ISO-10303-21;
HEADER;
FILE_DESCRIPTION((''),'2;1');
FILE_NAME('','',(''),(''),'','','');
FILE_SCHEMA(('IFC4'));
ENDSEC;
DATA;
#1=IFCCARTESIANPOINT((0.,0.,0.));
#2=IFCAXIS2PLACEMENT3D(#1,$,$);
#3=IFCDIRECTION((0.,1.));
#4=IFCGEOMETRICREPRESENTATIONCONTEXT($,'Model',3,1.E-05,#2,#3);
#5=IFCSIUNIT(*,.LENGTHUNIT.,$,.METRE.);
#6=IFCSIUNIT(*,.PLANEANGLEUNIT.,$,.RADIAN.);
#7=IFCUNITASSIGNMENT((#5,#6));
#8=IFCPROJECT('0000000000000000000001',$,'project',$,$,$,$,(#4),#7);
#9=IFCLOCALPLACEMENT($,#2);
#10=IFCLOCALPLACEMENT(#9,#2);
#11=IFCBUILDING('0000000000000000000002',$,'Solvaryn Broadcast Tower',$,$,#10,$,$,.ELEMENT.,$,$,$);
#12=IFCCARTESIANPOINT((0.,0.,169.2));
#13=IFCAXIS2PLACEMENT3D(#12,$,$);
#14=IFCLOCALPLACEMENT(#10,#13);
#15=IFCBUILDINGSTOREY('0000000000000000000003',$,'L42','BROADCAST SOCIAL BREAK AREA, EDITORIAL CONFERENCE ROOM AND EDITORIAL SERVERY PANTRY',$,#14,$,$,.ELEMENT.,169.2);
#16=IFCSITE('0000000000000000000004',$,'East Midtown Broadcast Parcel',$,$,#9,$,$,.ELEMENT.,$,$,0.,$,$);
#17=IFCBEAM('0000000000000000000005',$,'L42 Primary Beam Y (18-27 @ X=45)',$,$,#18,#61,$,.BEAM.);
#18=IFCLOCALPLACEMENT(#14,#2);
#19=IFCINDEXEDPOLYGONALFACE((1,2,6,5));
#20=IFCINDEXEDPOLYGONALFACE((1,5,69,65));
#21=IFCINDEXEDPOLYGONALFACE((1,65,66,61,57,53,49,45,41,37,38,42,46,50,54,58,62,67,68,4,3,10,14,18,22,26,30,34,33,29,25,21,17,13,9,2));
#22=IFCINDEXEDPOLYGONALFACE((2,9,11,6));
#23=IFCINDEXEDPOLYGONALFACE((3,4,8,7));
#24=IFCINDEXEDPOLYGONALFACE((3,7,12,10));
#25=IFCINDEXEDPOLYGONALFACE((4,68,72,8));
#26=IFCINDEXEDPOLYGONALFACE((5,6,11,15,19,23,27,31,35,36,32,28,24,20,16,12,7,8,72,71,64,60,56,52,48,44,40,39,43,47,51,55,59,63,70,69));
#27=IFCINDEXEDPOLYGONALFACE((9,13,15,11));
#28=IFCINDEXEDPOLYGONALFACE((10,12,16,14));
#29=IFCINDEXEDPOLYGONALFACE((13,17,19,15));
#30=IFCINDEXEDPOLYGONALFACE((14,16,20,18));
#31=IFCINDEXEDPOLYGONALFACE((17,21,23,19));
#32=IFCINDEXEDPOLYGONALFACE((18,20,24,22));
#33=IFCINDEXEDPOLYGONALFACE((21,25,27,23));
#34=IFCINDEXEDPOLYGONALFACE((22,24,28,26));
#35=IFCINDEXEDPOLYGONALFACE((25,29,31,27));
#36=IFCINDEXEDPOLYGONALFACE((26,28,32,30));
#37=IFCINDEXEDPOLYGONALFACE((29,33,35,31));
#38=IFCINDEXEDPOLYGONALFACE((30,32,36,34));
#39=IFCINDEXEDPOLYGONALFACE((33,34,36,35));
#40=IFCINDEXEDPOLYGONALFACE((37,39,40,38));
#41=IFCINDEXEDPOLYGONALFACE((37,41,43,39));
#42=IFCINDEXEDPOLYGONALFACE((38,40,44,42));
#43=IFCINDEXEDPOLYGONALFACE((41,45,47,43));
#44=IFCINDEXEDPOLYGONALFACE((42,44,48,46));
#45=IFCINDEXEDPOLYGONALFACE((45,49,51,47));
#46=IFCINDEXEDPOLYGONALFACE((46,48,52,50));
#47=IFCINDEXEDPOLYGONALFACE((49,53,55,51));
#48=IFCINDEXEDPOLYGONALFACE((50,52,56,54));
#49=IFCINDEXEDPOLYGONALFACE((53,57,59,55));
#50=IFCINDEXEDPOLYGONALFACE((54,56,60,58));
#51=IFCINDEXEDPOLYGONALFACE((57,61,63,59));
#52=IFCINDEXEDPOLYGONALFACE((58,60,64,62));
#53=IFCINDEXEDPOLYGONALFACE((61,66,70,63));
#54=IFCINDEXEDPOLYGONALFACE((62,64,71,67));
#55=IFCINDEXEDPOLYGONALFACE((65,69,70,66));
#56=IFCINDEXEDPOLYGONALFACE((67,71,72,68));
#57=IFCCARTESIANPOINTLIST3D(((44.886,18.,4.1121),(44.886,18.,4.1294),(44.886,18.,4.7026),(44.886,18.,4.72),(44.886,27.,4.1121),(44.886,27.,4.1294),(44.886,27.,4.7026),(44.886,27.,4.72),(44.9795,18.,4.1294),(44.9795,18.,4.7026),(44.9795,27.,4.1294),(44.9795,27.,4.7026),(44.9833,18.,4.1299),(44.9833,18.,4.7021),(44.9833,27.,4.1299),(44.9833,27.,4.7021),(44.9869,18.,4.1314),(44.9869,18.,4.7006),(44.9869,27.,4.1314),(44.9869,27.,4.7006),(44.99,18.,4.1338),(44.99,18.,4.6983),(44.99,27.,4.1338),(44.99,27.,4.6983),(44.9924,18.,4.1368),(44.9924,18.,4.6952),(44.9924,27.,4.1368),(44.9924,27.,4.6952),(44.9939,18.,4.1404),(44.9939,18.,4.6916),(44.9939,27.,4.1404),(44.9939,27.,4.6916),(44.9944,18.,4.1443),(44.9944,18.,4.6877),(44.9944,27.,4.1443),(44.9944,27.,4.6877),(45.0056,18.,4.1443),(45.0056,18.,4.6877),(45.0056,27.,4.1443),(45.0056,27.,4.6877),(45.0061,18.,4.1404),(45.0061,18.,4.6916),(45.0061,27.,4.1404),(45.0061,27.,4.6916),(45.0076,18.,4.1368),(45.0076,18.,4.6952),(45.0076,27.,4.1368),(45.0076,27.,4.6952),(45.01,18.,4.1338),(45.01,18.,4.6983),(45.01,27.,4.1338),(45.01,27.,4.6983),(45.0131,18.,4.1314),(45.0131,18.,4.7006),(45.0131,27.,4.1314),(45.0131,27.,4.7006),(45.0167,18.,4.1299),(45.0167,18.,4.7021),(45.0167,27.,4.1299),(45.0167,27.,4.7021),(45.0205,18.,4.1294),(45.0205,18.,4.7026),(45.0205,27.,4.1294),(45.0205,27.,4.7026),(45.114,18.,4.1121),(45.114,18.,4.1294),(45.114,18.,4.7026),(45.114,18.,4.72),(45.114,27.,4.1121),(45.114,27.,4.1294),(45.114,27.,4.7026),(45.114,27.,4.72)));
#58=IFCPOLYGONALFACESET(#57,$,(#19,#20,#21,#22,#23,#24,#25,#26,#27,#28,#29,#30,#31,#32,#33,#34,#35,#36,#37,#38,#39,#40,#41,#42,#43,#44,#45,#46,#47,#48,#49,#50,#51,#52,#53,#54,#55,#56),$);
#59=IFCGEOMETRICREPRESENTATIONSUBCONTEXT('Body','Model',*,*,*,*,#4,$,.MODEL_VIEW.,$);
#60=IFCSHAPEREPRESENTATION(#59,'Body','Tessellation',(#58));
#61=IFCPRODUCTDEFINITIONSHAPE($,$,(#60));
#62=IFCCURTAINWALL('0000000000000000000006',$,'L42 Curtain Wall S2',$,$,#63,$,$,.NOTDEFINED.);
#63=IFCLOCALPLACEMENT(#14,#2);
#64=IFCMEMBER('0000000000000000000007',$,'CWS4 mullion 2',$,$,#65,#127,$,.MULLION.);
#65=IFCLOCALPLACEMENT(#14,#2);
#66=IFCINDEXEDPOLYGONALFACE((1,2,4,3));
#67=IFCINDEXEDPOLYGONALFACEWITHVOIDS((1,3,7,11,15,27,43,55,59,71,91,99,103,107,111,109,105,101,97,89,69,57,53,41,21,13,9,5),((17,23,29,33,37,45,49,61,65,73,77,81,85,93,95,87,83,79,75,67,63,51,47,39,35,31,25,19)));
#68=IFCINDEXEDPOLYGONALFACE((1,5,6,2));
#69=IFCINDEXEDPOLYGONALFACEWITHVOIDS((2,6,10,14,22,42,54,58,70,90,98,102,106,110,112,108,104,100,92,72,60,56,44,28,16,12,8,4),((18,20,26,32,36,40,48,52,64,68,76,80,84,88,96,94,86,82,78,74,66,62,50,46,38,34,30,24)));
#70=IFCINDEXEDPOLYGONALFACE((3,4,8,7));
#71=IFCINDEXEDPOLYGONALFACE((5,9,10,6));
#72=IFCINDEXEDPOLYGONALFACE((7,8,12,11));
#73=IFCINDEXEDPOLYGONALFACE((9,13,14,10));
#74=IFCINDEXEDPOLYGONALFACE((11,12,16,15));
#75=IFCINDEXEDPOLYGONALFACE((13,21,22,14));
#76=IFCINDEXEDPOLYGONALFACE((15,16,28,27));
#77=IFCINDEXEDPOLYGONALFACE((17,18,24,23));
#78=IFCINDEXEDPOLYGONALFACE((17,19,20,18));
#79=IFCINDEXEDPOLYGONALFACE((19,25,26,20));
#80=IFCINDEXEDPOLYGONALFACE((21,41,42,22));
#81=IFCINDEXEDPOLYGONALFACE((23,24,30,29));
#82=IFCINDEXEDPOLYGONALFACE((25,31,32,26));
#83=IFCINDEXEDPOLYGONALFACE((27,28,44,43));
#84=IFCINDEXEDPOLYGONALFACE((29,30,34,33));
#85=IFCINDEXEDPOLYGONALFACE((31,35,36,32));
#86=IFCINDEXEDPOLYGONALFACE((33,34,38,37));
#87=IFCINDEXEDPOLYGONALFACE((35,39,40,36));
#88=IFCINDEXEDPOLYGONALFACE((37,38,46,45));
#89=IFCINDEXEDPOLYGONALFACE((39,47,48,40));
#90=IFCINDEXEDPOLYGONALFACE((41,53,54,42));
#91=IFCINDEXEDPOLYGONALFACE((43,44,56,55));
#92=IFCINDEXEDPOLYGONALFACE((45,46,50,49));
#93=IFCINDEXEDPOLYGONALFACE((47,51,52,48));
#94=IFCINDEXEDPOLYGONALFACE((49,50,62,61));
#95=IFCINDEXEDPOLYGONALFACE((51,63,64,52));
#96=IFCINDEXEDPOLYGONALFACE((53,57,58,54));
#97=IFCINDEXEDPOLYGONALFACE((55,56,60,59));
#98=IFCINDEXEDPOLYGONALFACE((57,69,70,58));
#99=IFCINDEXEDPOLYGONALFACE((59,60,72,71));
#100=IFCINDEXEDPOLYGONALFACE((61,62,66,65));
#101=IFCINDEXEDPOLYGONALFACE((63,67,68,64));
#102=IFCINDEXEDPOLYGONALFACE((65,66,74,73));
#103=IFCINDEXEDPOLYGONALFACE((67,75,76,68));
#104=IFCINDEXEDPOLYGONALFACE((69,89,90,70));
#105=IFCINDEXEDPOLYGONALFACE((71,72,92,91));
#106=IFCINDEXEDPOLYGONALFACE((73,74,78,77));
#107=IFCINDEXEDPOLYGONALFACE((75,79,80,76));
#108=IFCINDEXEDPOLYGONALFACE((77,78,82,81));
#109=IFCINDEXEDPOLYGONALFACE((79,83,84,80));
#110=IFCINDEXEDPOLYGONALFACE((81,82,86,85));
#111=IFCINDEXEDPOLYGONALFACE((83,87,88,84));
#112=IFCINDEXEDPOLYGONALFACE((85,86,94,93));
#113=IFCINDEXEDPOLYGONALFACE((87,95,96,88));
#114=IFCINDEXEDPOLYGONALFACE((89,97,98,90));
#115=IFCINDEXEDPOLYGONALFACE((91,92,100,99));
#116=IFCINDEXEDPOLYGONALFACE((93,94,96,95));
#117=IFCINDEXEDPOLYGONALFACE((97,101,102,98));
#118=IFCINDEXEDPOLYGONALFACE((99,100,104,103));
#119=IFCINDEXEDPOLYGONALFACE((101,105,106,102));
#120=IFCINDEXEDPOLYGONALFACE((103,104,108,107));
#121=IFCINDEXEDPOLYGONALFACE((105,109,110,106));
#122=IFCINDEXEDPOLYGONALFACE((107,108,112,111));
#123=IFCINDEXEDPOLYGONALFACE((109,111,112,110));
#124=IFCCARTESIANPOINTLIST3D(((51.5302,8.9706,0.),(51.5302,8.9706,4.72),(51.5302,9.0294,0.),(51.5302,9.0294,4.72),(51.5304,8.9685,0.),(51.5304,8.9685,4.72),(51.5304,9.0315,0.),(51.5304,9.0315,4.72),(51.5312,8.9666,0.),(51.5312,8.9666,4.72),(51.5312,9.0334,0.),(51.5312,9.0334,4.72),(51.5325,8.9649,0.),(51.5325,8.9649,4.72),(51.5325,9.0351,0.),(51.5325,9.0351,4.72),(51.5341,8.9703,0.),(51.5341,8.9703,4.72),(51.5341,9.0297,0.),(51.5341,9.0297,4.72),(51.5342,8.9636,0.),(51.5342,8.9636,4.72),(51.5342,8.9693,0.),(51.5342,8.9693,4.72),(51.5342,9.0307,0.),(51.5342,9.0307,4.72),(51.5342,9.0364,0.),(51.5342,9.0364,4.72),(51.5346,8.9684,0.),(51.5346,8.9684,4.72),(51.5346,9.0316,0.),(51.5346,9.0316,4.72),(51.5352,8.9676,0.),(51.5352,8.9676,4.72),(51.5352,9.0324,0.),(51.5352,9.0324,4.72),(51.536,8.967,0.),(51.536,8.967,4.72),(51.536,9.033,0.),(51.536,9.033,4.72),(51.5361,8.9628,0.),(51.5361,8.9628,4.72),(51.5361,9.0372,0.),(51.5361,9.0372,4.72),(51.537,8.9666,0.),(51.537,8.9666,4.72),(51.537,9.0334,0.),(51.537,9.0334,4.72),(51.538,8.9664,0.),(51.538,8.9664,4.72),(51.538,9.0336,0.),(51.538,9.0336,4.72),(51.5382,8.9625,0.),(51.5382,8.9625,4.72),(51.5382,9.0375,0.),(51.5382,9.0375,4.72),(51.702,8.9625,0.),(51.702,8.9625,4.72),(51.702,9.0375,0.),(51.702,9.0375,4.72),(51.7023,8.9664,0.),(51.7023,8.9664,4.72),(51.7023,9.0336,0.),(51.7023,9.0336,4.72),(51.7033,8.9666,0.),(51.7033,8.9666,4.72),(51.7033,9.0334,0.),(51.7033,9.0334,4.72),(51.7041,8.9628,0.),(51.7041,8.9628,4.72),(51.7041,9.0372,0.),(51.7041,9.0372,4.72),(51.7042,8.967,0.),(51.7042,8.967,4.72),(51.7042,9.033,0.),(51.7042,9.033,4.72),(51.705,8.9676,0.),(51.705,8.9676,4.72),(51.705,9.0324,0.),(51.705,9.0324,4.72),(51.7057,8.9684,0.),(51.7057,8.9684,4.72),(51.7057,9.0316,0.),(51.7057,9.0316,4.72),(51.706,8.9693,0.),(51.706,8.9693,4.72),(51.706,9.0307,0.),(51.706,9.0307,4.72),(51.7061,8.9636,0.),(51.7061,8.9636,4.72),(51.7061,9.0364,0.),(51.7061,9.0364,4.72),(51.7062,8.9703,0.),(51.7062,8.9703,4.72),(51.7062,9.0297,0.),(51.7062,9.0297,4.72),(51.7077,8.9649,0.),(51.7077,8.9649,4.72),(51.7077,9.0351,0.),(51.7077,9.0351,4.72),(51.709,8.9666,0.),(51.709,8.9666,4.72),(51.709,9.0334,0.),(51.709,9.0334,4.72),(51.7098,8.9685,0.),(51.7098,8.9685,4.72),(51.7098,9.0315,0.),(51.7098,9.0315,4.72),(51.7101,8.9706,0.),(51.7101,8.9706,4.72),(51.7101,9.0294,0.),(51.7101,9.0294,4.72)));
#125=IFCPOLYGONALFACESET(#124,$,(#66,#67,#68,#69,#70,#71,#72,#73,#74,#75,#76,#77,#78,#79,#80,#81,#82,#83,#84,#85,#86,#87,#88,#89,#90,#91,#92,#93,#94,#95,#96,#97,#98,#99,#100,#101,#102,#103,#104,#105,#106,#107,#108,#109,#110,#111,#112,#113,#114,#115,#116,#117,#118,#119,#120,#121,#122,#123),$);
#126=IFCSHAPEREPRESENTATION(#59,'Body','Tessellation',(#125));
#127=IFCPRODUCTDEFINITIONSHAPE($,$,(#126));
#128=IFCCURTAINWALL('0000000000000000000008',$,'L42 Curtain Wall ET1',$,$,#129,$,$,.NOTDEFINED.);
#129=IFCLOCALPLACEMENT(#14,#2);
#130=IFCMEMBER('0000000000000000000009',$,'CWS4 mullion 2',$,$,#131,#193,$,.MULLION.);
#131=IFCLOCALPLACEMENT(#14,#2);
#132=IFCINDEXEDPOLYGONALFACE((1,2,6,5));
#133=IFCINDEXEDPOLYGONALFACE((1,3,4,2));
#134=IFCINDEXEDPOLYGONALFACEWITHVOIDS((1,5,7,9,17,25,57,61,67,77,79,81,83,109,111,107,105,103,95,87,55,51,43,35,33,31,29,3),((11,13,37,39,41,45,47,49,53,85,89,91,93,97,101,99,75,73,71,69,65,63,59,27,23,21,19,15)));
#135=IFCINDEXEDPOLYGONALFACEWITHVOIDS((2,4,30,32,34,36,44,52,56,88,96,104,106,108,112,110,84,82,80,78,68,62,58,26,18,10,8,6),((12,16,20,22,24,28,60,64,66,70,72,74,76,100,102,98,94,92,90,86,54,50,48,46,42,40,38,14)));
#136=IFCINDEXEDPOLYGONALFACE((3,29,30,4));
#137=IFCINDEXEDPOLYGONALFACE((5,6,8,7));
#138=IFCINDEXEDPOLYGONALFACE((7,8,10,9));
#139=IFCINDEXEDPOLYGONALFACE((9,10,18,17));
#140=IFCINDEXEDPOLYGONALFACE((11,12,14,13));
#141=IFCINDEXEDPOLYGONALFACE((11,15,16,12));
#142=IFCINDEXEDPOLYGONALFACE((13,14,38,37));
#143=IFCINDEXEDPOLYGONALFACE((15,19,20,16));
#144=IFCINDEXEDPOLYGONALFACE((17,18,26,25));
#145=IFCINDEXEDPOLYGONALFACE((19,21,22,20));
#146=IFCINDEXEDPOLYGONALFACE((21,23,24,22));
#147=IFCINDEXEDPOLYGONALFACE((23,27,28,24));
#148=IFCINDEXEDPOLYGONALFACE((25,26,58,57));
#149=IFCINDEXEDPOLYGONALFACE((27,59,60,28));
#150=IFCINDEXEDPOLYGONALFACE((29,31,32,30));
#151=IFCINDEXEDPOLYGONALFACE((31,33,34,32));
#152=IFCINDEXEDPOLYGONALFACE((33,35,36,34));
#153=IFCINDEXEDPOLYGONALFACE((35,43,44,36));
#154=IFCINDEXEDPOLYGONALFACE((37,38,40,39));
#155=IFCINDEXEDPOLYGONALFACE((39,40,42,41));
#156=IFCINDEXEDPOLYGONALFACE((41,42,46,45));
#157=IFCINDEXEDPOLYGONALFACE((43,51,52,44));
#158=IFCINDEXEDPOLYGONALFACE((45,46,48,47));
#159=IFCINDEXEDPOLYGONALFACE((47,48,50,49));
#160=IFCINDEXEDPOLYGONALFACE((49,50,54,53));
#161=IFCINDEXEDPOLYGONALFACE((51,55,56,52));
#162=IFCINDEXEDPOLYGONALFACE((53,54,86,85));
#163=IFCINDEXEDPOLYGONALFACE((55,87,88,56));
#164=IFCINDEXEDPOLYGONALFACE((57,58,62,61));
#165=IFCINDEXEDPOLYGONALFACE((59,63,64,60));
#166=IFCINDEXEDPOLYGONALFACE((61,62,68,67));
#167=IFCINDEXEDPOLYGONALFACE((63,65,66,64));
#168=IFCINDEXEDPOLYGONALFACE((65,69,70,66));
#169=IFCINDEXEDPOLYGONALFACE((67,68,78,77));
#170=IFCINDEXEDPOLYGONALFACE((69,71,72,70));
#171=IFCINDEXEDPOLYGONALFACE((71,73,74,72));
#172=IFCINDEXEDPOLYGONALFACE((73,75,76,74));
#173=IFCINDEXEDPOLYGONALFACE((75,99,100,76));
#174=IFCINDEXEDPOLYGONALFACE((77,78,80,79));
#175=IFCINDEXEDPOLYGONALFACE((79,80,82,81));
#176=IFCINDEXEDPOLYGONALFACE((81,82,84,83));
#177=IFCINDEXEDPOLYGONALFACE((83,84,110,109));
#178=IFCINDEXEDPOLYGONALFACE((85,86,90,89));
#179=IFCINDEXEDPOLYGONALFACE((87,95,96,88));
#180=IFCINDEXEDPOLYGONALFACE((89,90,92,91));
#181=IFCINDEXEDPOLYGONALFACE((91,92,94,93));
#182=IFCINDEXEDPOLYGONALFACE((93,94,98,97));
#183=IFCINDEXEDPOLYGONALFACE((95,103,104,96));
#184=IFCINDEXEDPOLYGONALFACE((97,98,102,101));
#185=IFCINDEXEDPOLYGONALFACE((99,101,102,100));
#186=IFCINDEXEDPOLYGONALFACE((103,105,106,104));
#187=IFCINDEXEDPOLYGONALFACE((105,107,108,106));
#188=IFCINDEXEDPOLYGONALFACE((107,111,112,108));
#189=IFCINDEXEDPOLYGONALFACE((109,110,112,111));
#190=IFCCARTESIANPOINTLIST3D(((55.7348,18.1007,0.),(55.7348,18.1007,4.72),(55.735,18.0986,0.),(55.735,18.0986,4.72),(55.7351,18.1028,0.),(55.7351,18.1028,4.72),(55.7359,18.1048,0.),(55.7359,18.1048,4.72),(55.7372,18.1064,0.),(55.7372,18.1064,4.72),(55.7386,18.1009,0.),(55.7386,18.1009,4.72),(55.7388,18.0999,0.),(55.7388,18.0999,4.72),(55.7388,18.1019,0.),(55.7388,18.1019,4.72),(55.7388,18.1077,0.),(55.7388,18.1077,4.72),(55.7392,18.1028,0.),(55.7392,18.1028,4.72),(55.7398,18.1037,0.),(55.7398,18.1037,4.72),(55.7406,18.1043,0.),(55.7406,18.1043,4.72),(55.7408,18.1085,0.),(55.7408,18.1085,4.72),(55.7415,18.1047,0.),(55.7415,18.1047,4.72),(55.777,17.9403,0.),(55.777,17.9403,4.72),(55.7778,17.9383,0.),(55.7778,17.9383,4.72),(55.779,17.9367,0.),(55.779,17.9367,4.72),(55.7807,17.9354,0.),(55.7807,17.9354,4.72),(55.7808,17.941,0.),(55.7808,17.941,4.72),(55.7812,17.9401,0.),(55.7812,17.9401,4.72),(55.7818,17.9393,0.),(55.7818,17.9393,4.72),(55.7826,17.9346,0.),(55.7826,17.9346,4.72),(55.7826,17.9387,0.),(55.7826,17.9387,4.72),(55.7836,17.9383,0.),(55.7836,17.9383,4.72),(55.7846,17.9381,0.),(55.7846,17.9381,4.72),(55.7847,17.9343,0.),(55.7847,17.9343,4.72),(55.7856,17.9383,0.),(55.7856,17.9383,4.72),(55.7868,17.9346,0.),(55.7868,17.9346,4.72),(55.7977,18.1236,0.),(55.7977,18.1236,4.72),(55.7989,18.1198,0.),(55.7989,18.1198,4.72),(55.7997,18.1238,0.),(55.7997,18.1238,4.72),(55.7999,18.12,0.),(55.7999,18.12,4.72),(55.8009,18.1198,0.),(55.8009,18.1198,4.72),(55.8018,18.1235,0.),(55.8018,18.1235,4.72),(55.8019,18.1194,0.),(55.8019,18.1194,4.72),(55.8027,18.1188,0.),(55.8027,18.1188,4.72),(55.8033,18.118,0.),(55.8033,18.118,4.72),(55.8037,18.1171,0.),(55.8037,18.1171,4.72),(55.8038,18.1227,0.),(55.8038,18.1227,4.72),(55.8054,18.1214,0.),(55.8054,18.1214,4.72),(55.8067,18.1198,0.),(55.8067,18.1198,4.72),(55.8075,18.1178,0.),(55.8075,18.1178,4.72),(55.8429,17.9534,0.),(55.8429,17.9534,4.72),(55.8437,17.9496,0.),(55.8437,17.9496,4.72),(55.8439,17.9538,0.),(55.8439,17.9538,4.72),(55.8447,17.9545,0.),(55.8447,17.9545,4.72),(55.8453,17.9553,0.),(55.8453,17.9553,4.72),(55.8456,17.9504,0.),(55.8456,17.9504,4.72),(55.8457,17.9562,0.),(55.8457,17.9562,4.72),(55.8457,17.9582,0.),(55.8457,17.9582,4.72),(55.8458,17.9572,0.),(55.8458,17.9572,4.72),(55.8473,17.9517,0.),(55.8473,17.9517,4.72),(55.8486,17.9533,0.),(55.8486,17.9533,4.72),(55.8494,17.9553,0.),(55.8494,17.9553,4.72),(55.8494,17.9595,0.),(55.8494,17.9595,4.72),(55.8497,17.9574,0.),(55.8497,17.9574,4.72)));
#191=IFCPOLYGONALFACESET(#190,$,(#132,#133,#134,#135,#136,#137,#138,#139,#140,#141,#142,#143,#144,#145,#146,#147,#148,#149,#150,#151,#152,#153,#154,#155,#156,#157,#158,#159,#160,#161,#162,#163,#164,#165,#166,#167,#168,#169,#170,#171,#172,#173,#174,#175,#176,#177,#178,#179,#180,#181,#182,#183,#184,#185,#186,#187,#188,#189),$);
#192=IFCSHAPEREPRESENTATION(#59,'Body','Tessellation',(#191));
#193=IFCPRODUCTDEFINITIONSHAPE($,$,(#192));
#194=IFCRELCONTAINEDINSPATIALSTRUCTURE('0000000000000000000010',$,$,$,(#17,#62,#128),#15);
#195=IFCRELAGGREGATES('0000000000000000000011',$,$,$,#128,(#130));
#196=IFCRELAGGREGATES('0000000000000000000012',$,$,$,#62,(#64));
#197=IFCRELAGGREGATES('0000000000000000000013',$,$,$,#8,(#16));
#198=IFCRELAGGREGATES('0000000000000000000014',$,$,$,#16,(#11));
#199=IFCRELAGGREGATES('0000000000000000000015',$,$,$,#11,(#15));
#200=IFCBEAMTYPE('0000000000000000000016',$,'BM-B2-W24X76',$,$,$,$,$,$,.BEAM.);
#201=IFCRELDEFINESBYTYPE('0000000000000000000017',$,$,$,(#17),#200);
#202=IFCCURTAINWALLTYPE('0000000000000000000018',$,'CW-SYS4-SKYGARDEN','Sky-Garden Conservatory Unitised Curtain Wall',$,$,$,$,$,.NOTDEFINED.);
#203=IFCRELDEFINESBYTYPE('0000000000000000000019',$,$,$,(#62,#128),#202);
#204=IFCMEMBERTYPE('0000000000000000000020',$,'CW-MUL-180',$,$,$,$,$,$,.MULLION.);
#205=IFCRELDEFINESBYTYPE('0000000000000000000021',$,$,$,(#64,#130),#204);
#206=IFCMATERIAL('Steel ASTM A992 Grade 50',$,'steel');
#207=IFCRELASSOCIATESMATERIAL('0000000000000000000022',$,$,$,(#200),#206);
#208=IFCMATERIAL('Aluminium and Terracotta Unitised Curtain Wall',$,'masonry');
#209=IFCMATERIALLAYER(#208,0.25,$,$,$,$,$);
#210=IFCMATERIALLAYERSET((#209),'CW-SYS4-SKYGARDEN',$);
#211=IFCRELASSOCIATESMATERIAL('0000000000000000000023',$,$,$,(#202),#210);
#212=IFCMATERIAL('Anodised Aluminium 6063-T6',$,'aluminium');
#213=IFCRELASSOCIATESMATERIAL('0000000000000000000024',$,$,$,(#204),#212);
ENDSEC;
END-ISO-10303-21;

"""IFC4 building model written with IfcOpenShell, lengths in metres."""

from ifc_helpers import new_model, si_unit, direction, frame, origin, origin_2d, place, context, subcontext, project, spatial, hollow_rectangle, i_section, extrude, material, layer, layer_set, material_profile, profile_set, type_object, element, aggregate, save


model = new_model("IFC4")

# Units and contexts
model_context = context("Model", 3, precision=1e-05, world=origin(), true_north=direction((0.0, 1.0)))
body_context = subcontext(model_context, "Body", "Model", "MODEL_VIEW")
ifc_project = project(units=[si_unit("LENGTHUNIT", "METRE"), si_unit("PLANEANGLEUNIT", "RADIAN")], contexts=[model_context])

# Site, building, storey
site_placement = place(None, origin())
site = spatial("IfcSite", under=ifc_project, at=site_placement, Name="East Midtown Broadcast Parcel", CompositionType="ELEMENT", RefElevation=0.0)
building_placement = place(site_placement, origin())
building = spatial("IfcBuilding", under=site, at=building_placement, Name="Solvaryn Broadcast Tower", CompositionType="ELEMENT")
storey_placement = place(building_placement, frame((0.0, 0.0, 169.2)))
storey = spatial("IfcBuildingStorey", under=building, at=storey_placement, Name="L42", Description="BROADCAST SOCIAL BREAK AREA, EDITORIAL CONFERENCE ROOM AND EDITORIAL SERVERY PANTRY", CompositionType="ELEMENT", Elevation=169.2)

# Beam
ifc_material_1 = material(Name="Steel ASTM A992 Grade 50", Category="steel")
ifc_material_profile_1 = material_profile(ifc_material_1, i_section(OverallWidth=0.228, OverallDepth=0.6079, WebThickness=0.0112, FlangeThickness=0.0173, FilletRadius=0.0149, at=origin_2d()))
ifc_profile_set_1 = profile_set([ifc_material_profile_1], Name="Steel ASTM A992 Grade 50")
beam_type_1 = type_object("IfcBeamType", Name="BM-B2-W24X76", PredefinedType="BEAM", material=ifc_profile_set_1)
beam_1_placement = place(storey_placement, frame((45.0, 18.0, 4.416), z_axis=(0.0, 1.0, 0.0), x_axis=(-1.0, 0.0, 0.0)))
element("IfcBeam", 1, at=beam_1_placement, inside=storey, type_object=beam_type_1, Name="L42 Primary Beam Y (18-27 @ X=45)", PredefinedType="BEAM", context=body_context, shape_type="SweptSolid", body=[
    extrude(i_section(OverallWidth=0.228, OverallDepth=0.6079, WebThickness=0.0112, FlangeThickness=0.0173, FilletRadius=0.0149, at=origin_2d()), origin(), (0.0, 0.0, 1.0), 9.0),
])

# Curtain walls, members
ifc_material_2 = material(Name="Aluminium and Terracotta Unitised Curtain Wall", Category="masonry")
ifc_layer_1 = layer(ifc_material_2, 0.25)
ifc_layer_set_1 = layer_set([ifc_layer_1], Name="CW-SYS4-SKYGARDEN")
curtain_wall_type = type_object("IfcCurtainWallType", Name="CW-SYS4-SKYGARDEN", Description="Sky-Garden Conservatory Unitised Curtain Wall", PredefinedType="NOTDEFINED", material=ifc_layer_set_1)
curtain_wall_1_placement = place(storey_placement, origin())
curtain_wall_1 = element("IfcCurtainWall", 2, at=curtain_wall_1_placement, inside=storey, type_object=curtain_wall_type, Name="L42 Curtain Wall S2", PredefinedType="NOTDEFINED")
ifc_material_3 = material(Name="Anodised Aluminium 6063-T6", Category="aluminium")
ifc_material_profile_2 = material_profile(ifc_material_3, hollow_rectangle(XDim=0.075, YDim=0.1799, WallThickness=0.0039, InnerFilletRadius=0.0039, OuterFilletRadius=0.0081, at=origin_2d()))
ifc_profile_set_2 = profile_set([ifc_material_profile_2], Name="Anodised Aluminium 6063-T6")
member_type_1 = type_object("IfcMemberType", Name="CW-MUL-180", PredefinedType="MULLION", material=ifc_profile_set_2)
member_1_placement = place(storey_placement, frame((51.6201, 9.0, 0.0), z_axis=(0.0, 0.0, 1.0), x_axis=(0.0, 1.0, 0.0)))
member_1 = element("IfcMember", 3, at=member_1_placement, type_object=member_type_1, Name="CWS4 mullion 2", PredefinedType="MULLION", context=body_context, shape_type="SweptSolid", body=[
    extrude(hollow_rectangle(XDim=0.075, YDim=0.1799, WallThickness=0.0039, InnerFilletRadius=0.0039, OuterFilletRadius=0.0081, at=origin_2d()), origin(), (0.0, 0.0, 1.0), 4.72),
])
curtain_wall_2_placement = place(storey_placement, origin())
curtain_wall_2 = element("IfcCurtainWall", 4, at=curtain_wall_2_placement, inside=storey, type_object=curtain_wall_type, Name="L42 Curtain Wall ET1", PredefinedType="NOTDEFINED")
member_2_placement = place(storey_placement, frame((55.7922, 18.0291, 0.0), z_axis=(0.0, 0.0, 1.0), x_axis=(0.966705, 0.255893, 0.0)))
member_2 = element("IfcMember", 5, at=member_2_placement, type_object=member_type_1, Name="CWS4 mullion 2", PredefinedType="MULLION", context=body_context, shape_type="SweptSolid", body=[
    extrude(hollow_rectangle(XDim=0.075, YDim=0.1799, WallThickness=0.0039, InnerFilletRadius=0.0039, OuterFilletRadius=0.0081, at=origin_2d()), origin(), (0.0, 0.0, 1.0), 4.72),
])
aggregate(curtain_wall_2, [member_2])

aggregate(curtain_wall_1, [member_1])

save(model, "model.ifc")
